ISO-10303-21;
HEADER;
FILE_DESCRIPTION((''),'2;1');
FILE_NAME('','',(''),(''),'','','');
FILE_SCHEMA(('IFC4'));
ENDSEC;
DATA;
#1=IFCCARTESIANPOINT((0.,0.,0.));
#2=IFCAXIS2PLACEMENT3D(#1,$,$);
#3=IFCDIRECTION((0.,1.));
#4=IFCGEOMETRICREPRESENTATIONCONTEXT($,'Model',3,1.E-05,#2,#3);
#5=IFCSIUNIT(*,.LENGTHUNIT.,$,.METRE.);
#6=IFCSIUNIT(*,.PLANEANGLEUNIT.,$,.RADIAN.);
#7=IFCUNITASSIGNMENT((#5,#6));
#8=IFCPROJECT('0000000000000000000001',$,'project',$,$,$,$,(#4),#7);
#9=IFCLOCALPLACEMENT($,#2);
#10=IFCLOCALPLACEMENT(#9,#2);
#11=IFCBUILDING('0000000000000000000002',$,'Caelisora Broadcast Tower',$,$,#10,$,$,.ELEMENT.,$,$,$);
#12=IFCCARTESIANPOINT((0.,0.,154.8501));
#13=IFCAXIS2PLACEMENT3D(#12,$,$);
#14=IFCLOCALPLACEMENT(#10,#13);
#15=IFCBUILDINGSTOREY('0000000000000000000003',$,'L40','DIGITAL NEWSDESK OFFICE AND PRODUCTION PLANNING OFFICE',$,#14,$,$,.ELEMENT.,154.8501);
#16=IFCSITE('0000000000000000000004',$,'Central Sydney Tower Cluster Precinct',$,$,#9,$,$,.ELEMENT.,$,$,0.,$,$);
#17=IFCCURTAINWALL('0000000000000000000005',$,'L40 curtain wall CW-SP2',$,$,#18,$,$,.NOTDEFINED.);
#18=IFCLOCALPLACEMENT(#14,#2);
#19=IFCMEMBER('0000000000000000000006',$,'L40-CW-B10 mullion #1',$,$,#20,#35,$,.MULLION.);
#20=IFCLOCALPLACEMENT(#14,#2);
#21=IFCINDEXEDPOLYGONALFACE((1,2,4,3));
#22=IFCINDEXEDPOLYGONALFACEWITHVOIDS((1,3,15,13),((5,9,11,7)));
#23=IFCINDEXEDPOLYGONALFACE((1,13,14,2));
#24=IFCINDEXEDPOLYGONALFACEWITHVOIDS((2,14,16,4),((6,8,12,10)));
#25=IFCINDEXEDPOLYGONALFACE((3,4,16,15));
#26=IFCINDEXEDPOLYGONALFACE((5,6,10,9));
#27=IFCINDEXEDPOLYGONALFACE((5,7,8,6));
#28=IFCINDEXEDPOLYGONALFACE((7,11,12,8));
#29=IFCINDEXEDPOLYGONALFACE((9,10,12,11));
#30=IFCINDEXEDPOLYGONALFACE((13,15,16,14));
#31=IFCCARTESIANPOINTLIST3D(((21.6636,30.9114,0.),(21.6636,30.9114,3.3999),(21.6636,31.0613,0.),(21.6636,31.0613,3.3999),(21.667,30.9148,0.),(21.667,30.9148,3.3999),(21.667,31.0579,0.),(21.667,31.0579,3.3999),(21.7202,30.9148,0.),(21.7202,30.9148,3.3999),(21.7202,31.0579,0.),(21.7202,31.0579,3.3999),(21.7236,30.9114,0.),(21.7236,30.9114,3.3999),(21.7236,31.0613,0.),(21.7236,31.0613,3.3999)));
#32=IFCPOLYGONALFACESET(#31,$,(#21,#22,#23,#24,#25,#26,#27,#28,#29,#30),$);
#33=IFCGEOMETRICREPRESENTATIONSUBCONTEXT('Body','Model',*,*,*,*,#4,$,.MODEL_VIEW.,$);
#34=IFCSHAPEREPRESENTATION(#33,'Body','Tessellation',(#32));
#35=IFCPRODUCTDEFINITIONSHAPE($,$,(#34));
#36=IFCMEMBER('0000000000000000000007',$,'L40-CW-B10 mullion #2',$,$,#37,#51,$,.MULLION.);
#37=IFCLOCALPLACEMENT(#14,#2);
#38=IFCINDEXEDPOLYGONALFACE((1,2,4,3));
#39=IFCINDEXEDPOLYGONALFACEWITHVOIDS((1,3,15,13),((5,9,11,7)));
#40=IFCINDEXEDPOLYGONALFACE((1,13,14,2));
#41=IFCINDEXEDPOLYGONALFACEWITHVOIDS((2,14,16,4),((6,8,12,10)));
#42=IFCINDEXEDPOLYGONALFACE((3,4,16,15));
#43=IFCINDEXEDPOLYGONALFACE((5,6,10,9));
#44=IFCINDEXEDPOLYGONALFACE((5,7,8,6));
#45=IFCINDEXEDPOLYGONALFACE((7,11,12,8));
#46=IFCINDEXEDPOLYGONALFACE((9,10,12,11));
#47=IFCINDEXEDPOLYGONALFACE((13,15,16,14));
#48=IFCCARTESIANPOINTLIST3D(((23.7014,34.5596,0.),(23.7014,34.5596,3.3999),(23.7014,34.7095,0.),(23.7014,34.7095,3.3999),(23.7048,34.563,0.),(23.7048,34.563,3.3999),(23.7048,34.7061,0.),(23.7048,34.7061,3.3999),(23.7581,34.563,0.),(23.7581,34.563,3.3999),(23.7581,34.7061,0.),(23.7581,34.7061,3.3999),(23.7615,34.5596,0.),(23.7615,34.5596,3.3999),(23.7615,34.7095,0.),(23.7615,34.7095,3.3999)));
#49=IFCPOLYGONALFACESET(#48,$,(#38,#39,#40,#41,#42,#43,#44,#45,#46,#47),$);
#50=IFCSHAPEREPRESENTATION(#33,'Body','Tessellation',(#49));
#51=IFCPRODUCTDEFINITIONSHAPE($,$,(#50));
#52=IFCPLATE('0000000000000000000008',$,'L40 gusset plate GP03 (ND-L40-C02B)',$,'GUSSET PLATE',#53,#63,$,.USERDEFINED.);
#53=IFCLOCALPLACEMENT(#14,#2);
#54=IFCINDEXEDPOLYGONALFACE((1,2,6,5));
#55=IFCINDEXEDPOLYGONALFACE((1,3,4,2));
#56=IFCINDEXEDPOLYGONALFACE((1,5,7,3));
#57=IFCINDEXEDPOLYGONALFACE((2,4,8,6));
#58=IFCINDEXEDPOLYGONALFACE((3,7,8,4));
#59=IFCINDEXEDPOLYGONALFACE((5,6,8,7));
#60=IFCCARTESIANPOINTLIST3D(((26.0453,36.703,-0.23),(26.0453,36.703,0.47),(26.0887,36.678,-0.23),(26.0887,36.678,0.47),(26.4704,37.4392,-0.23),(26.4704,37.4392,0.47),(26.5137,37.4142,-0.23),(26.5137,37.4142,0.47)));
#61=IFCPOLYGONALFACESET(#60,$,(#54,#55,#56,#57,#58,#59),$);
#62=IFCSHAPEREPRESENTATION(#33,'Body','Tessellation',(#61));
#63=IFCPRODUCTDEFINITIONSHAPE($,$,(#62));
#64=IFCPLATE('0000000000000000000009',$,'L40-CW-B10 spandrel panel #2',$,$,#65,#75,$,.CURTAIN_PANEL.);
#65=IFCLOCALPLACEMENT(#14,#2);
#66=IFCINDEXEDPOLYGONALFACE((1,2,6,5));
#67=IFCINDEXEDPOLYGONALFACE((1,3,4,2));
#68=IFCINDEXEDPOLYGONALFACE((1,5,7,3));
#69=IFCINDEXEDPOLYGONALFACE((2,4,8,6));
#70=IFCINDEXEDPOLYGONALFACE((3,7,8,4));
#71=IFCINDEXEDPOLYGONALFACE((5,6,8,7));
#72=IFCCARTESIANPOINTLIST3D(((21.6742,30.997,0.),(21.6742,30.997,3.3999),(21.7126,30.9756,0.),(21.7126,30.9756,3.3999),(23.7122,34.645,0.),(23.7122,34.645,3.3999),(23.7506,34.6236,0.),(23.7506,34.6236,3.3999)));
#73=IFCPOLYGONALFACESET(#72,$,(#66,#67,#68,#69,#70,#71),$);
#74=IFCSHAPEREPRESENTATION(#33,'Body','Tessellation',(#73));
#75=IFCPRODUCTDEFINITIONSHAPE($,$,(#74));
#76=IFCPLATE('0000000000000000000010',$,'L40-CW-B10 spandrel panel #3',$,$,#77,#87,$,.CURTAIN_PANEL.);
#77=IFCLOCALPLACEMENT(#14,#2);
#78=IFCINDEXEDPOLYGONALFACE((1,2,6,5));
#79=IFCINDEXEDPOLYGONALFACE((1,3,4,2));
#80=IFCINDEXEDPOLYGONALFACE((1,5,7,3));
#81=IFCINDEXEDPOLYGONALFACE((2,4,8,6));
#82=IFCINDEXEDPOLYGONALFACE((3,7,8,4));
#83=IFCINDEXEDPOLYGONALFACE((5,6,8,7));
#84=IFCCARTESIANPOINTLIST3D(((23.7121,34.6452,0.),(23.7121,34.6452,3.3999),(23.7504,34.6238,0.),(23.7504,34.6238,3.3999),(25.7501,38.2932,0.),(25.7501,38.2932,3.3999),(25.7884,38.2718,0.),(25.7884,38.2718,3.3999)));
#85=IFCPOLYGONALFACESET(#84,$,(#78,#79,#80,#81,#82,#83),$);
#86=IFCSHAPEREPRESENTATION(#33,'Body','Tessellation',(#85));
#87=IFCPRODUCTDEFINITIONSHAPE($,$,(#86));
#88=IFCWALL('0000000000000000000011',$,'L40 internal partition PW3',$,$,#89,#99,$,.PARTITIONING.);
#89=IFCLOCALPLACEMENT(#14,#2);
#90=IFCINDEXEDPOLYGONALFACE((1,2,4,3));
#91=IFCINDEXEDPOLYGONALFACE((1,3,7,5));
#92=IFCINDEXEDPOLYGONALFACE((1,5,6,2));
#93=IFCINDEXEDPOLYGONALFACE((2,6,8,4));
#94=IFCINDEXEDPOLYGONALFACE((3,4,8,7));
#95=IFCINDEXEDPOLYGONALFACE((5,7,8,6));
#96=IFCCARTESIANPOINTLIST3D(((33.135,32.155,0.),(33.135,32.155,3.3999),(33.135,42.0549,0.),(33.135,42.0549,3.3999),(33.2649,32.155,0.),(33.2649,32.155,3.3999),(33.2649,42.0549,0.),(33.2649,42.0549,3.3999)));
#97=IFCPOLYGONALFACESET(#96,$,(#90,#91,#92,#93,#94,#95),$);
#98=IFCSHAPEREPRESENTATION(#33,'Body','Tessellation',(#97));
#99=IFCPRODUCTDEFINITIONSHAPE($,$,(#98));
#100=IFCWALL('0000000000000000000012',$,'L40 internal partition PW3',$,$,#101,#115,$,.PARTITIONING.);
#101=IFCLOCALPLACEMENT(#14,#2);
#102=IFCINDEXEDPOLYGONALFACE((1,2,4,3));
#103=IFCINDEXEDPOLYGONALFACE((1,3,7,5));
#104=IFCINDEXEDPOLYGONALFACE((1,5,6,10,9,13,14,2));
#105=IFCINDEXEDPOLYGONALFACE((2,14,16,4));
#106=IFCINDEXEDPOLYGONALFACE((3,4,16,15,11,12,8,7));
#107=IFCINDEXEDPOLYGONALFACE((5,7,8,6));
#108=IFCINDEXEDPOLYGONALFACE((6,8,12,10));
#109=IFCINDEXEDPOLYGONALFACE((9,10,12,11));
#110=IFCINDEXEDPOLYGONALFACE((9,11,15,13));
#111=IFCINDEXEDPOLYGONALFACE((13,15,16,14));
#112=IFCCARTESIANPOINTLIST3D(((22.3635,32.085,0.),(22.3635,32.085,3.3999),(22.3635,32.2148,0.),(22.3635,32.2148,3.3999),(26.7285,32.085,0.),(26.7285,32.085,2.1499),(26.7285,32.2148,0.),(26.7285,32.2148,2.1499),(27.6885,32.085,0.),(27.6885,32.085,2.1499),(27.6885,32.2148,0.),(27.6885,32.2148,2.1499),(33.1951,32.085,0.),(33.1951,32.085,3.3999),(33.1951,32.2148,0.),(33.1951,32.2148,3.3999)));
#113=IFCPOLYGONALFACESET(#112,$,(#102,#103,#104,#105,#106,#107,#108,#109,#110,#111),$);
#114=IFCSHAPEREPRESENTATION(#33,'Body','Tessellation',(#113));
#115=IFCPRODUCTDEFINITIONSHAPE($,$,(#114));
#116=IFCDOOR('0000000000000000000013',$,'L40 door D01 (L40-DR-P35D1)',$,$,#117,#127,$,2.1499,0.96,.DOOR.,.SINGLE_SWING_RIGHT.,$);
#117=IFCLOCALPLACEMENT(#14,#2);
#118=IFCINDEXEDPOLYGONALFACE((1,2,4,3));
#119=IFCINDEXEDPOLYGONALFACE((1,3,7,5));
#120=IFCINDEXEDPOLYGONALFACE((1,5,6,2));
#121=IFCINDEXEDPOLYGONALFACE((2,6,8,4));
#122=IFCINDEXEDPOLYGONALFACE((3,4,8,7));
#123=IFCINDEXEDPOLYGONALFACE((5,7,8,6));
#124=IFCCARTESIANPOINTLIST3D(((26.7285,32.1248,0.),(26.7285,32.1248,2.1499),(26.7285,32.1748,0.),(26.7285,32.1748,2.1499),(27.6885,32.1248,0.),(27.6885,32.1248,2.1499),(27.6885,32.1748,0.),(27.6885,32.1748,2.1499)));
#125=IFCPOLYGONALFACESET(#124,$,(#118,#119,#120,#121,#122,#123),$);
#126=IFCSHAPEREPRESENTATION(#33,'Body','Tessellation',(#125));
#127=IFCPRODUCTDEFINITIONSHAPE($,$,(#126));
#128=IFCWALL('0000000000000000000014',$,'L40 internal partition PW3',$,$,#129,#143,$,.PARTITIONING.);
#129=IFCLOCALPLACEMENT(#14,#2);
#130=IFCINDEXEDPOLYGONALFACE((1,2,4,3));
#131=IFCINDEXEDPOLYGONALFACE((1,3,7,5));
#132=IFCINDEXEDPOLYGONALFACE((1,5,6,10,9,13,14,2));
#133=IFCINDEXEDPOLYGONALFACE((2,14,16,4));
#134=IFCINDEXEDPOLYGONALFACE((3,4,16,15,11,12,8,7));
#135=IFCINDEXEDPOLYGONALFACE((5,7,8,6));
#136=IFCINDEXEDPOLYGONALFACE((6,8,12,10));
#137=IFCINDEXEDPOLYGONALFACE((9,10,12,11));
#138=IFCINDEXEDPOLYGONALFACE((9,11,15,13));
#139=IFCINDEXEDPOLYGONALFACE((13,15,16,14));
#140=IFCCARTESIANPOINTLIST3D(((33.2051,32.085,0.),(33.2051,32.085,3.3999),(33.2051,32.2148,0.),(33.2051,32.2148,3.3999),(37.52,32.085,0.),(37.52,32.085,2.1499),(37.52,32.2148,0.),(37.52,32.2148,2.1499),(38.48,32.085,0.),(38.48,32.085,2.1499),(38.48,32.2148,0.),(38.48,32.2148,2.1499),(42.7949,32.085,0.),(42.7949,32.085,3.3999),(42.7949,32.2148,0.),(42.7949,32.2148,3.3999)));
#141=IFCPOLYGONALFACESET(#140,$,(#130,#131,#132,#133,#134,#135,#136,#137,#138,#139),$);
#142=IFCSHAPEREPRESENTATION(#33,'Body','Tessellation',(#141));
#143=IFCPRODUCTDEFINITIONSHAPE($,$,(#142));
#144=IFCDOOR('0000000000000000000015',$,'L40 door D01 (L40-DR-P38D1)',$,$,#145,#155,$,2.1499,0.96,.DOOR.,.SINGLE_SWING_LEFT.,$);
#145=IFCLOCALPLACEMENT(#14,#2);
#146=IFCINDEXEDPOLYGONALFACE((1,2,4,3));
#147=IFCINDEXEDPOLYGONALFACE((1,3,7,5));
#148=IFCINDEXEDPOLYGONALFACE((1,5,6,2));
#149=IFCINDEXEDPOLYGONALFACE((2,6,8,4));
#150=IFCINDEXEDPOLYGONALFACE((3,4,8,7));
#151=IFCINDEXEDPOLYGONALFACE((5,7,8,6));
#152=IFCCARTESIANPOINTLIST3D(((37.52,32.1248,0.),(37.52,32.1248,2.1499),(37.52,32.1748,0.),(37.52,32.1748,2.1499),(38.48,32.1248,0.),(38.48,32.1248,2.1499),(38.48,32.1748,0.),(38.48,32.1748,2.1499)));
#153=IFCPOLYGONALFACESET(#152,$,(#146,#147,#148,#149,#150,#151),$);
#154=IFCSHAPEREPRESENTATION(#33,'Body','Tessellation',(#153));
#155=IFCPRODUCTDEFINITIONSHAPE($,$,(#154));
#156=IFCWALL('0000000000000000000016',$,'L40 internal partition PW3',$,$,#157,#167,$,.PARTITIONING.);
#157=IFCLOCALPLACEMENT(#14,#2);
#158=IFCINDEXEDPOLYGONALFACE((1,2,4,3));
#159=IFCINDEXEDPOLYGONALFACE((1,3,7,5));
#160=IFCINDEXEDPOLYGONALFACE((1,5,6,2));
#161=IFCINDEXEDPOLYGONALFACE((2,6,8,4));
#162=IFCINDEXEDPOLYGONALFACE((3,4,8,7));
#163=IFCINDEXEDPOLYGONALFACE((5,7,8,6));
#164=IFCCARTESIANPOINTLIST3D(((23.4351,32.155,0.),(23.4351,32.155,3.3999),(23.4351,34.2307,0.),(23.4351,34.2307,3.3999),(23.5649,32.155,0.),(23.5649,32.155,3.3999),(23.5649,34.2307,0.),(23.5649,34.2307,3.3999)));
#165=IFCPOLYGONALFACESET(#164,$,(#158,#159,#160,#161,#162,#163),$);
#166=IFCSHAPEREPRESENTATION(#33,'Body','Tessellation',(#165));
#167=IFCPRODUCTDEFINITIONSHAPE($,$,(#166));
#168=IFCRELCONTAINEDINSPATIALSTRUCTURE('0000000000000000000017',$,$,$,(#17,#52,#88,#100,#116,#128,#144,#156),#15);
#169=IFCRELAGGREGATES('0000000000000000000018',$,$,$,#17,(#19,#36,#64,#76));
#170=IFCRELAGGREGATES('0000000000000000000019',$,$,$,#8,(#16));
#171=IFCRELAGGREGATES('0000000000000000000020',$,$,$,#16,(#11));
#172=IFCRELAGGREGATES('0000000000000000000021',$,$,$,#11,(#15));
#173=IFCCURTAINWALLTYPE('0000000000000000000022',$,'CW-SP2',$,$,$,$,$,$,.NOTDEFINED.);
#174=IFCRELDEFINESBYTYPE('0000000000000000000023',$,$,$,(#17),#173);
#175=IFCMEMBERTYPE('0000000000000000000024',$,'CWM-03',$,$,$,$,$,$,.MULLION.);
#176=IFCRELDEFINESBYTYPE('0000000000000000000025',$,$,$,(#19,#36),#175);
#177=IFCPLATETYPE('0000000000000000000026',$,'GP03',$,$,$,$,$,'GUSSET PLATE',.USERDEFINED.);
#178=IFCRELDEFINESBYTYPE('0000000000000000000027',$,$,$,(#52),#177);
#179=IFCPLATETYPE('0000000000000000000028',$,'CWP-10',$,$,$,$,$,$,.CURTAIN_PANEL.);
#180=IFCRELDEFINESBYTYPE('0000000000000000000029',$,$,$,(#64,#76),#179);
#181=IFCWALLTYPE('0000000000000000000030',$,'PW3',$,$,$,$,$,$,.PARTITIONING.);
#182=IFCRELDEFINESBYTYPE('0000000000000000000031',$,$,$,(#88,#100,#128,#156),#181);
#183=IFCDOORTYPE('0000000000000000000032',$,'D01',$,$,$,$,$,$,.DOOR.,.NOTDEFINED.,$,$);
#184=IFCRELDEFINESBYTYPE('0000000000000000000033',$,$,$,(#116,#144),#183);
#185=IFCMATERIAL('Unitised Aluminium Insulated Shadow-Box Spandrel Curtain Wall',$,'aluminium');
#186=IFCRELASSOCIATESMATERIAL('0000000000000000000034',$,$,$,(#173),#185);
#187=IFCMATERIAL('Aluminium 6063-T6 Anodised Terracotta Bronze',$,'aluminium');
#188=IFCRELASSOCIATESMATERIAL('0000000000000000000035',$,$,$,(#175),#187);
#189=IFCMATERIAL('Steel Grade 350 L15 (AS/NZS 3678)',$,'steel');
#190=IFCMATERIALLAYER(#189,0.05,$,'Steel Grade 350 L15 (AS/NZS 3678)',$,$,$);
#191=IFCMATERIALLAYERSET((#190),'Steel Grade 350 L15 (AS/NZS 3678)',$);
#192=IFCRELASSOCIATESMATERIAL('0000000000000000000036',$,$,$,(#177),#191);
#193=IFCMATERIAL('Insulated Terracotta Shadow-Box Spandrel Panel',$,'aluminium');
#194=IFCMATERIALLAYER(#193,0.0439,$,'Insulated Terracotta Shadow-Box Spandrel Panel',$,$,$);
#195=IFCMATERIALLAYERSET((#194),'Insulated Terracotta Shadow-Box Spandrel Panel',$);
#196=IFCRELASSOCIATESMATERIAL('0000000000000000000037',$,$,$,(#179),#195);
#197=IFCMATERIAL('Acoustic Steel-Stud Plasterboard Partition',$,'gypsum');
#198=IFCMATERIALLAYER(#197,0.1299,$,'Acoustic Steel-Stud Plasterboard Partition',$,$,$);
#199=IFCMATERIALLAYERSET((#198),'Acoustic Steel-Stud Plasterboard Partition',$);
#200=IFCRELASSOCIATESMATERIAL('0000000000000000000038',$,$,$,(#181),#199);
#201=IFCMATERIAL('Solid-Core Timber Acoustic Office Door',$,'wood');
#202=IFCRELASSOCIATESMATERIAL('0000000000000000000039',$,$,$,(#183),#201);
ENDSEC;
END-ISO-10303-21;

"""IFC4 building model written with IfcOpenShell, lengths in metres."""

from ifc_helpers import new_model, si_unit, direction, frame, frame_2d, origin, origin_2d, place, context, subcontext, project, spatial, rectangle, hollow_rectangle, extrude, source, transform, mapped, material, layer, layer_set, material_profile, profile_set, type_object, type_shapes, element, fill, aggregate, save


model = new_model("IFC4")

# Units and contexts
model_context = context("Model", 3, precision=1e-05, world=origin(), true_north=direction((0.0, 1.0)))
body_context = subcontext(model_context, "Body", "Model", "MODEL_VIEW")
ifc_project = project(units=[si_unit("LENGTHUNIT", "METRE"), si_unit("PLANEANGLEUNIT", "RADIAN")], contexts=[model_context])

# Site, building, storey
site_placement = place(None, origin())
site = spatial("IfcSite", under=ifc_project, at=site_placement, Name="Central Sydney Tower Cluster Precinct", CompositionType="ELEMENT", RefElevation=0.0)
building_placement = place(site_placement, origin())
building = spatial("IfcBuilding", under=site, at=building_placement, Name="Caelisora Broadcast Tower", CompositionType="ELEMENT")
storey_placement = place(building_placement, frame((0.0, 0.0, 154.8501)))
storey = spatial("IfcBuildingStorey", under=building, at=storey_placement, Name="L40", Description="DIGITAL NEWSDESK OFFICE AND PRODUCTION PLANNING OFFICE", CompositionType="ELEMENT", Elevation=154.8501)

# Shared definitions
ifc_material_1 = material(Name="Steel Grade 350 L15 (AS/NZS 3678)", Category="steel")

# Curtain wall, members
ifc_material_2 = material(Name="Unitised Aluminium Insulated Shadow-Box Spandrel Curtain Wall", Category="aluminium")
curtain_wall_type = type_object("IfcCurtainWallType", Name="CW-SP2", PredefinedType="NOTDEFINED", material=ifc_material_2)
curtain_wall_placement = place(storey_placement, origin())
curtain_wall = element("IfcCurtainWall", 1, at=curtain_wall_placement, inside=storey, type_object=curtain_wall_type, Name="L40 curtain wall CW-SP2", PredefinedType="NOTDEFINED")
ifc_material_3 = material(Name="Aluminium 6063-T6 Anodised Terracotta Bronze", Category="aluminium")
ifc_material_profile_1 = material_profile(ifc_material_3, hollow_rectangle(XDim=0.0601, YDim=0.1499, WallThickness=0.0034, at=origin_2d()), Name="Aluminium 6063-T6 Anodised Terracotta Bronze")
ifc_profile_set_1 = profile_set([ifc_material_profile_1], Name="Aluminium 6063-T6 Anodised Terracotta Bronze")
member_type_1 = type_object("IfcMemberType", Name="CWM-03", PredefinedType="MULLION", material=ifc_profile_set_1)
shared_shape_1 = source(origin(), body_context, "Body", "SweptSolid", [
    extrude(hollow_rectangle(XDim=0.0601, YDim=0.1499, WallThickness=0.0034, at=origin_2d()), origin(), (0.0, 0.0, 1.0), 3.3999),
])
type_shapes(member_type_1, [shared_shape_1])
member_1_placement = place(storey_placement, frame((21.6936, 30.9863, 0.0), z_axis=(0.0, 0.0, 1.0), x_axis=(1.0, 0.0, 0.0)))
member_1 = element("IfcMember", 2, at=member_1_placement, type_object=member_type_1, Name="L40-CW-B10 mullion #1", PredefinedType="MULLION", context=body_context, shape_type="MappedRepresentation", body=[
    mapped(shared_shape_1, transform((0.0, 0.0, 0.0), scale=1.0)),
])
member_2_placement = place(storey_placement, frame((23.7314, 34.6345, 0.0), z_axis=(0.0, 0.0, 1.0), x_axis=(1.0, 0.0, 0.0)))
member_2 = element("IfcMember", 3, at=member_2_placement, type_object=member_type_1, Name="L40-CW-B10 mullion #2", PredefinedType="MULLION", context=body_context, shape_type="MappedRepresentation", body=[
    mapped(shared_shape_1, transform((0.0, 0.0, 0.0), scale=1.0)),
])

# Plates
ifc_layer_1 = layer(ifc_material_1, 0.05, Name="Steel Grade 350 L15 (AS/NZS 3678)")
ifc_layer_set_1 = layer_set([ifc_layer_1], Name="Steel Grade 350 L15 (AS/NZS 3678)")
plate_type_1 = type_object("IfcPlateType", Name="GP03", ElementType="GUSSET PLATE", PredefinedType="USERDEFINED", material=ifc_layer_set_1)
shared_shape_2 = source(origin(), body_context, "Body", "SweptSolid", [
    extrude(rectangle(XDim=0.8501, YDim=0.05, at=origin_2d()), origin(), (0.0, 0.0, 1.0), 0.7),
])
type_shapes(plate_type_1, [shared_shape_2])
plate_1_placement = place(storey_placement, frame((26.2795, 37.0586, -0.23), z_axis=(0.0, 0.0, 1.0), x_axis=(-0.5, -0.866025, 0.0)))
element("IfcPlate", 4, at=plate_1_placement, inside=storey, type_object=plate_type_1, Name="L40 gusset plate GP03 (ND-L40-C02B)", ObjectType="GUSSET PLATE", PredefinedType="USERDEFINED", context=body_context, shape_type="MappedRepresentation", body=[
    mapped(shared_shape_2, transform((0.0, 0.0, 0.0), scale=1.0)),
])
ifc_material_4 = material(Name="Insulated Terracotta Shadow-Box Spandrel Panel", Category="aluminium")
ifc_layer_2 = layer(ifc_material_4, 0.0439, Name="Insulated Terracotta Shadow-Box Spandrel Panel")
ifc_layer_set_2 = layer_set([ifc_layer_2], Name="Insulated Terracotta Shadow-Box Spandrel Panel")
plate_type_2 = type_object("IfcPlateType", Name="CWP-10", PredefinedType="CURTAIN_PANEL", material=ifc_layer_set_2)
shared_shape_3 = source(origin(), body_context, "Body", "SweptSolid", [
    extrude(rectangle(XDim=4.1787, YDim=0.0439, at=origin_2d()), origin(), (0.0, 0.0, 1.0), 3.3999),
])
type_shapes(plate_type_2, [shared_shape_3])
plate_2_placement = place(storey_placement, frame((22.7124, 32.8103, 0.0), z_axis=(0.0, 0.0, 1.0), x_axis=(0.487707, 0.873007, 0.0)))
plate_2 = element("IfcPlate", 5, at=plate_2_placement, type_object=plate_type_2, Name="L40-CW-B10 spandrel panel #2", PredefinedType="CURTAIN_PANEL", context=body_context, shape_type="MappedRepresentation", body=[
    mapped(shared_shape_3, transform((0.0, 0.0, 0.0), scale=1.0)),
])
plate_3_placement = place(storey_placement, frame((24.7502, 36.4585, 0.0), z_axis=(0.0, 0.0, 1.0), x_axis=(0.487707, 0.873007, 0.0)))
plate_3 = element("IfcPlate", 6, at=plate_3_placement, type_object=plate_type_2, Name="L40-CW-B10 spandrel panel #3", PredefinedType="CURTAIN_PANEL", context=body_context, shape_type="MappedRepresentation", body=[
    mapped(shared_shape_3, transform((0.0, 0.0, 0.0), scale=1.0)),
])
aggregate(curtain_wall, [member_1, member_2, plate_2, plate_3])

# Wall
ifc_material_5 = material(Name="Acoustic Steel-Stud Plasterboard Partition", Category="gypsum")
ifc_layer_3 = layer(ifc_material_5, 0.1299, Name="Acoustic Steel-Stud Plasterboard Partition")
ifc_layer_set_3 = layer_set([ifc_layer_3], Name="Acoustic Steel-Stud Plasterboard Partition")
wall_type = type_object("IfcWallType", Name="PW3", PredefinedType="PARTITIONING", material=ifc_layer_set_3)
wall_1_placement = place(storey_placement, frame((33.2, 32.155, 0.0), z_axis=(0.0, 0.0, 1.0), x_axis=(0.0, 1.0, 0.0)))
element("IfcWall", 7, at=wall_1_placement, inside=storey, type_object=wall_type, Name="L40 internal partition PW3", PredefinedType="PARTITIONING", context=body_context, shape_type="SweptSolid", body=[
    extrude(rectangle(XDim=9.8999, YDim=0.1299, at=frame_2d((4.95, 0.0))), origin(), (0.0, 0.0, 1.0), 3.3999),
])

# Walls, openings, doors
wall_2_placement = place(storey_placement, frame((22.3635, 32.1499, 0.0), z_axis=(0.0, 0.0, 1.0), x_axis=(1.0, 0.0, 0.0)))
wall_2 = element("IfcWall", 8, at=wall_2_placement, inside=storey, type_object=wall_type, Name="L40 internal partition PW3", PredefinedType="PARTITIONING", context=body_context, shape_type="SweptSolid", body=[
    extrude(rectangle(XDim=10.8315, YDim=0.1299, at=frame_2d((5.4158, 0.0))), origin(), (0.0, 0.0, 1.0), 3.3999),
])
opening_1_placement = place(wall_2_placement, frame((4.365, 0.0, 0.0)))
opening_1 = element("IfcOpeningElement", 9, at=opening_1_placement, cuts=wall_2, PredefinedType="OPENING", context=body_context, shape_type="SweptSolid", body=[
    extrude(rectangle(XDim=0.96, YDim=2.1499, at=frame_2d((0.48, 1.075))), frame((0.0, 0.0769, 0.0), z_axis=(0.0, -1.0, 0.0), x_axis=(1.0, 0.0, 0.0)), (0.0, 0.0, 1.0), 0.1538),
])
ifc_material_6 = material(Name="Solid-Core Timber Acoustic Office Door", Category="wood")
door_type = type_object("IfcDoorType", Name="D01", OperationType="NOTDEFINED", PredefinedType="DOOR", material=ifc_material_6)
door_1_placement = place(opening_1_placement, origin())
door_1 = element("IfcDoor", 10, at=door_1_placement, inside=storey, type_object=door_type, Name="L40 door D01 (L40-DR-P35D1)", OperationType="SINGLE_SWING_RIGHT", OverallHeight=2.1499, OverallWidth=0.96, PredefinedType="DOOR", context=body_context, shape_type="SweptSolid", body=[
    extrude(rectangle(XDim=0.96, YDim=2.1499, at=frame_2d((0.48, 1.075))), frame((0.0, 0.0249, 0.0), z_axis=(0.0, -1.0, 0.0), x_axis=(1.0, 0.0, 0.0)), (0.0, 0.0, 1.0), 0.05),
])
fill(opening_1, door_1)
wall_3_placement = place(storey_placement, frame((33.2051, 32.1499, 0.0), z_axis=(0.0, 0.0, 1.0), x_axis=(1.0, 0.0, 0.0)))
wall_3 = element("IfcWall", 11, at=wall_3_placement, inside=storey, type_object=wall_type, Name="L40 internal partition PW3", PredefinedType="PARTITIONING", context=body_context, shape_type="SweptSolid", body=[
    extrude(rectangle(XDim=9.5898, YDim=0.1299, at=frame_2d((4.7949, 0.0))), origin(), (0.0, 0.0, 1.0), 3.3999),
])
opening_2_placement = place(wall_3_placement, frame((4.3149, 0.0, 0.0)))
opening_2 = element("IfcOpeningElement", 12, at=opening_2_placement, cuts=wall_3, PredefinedType="OPENING", context=body_context, shape_type="SweptSolid", body=[
    extrude(rectangle(XDim=0.96, YDim=2.1499, at=frame_2d((0.48, 1.075))), frame((0.0, 0.0769, 0.0), z_axis=(0.0, -1.0, 0.0), x_axis=(1.0, 0.0, 0.0)), (0.0, 0.0, 1.0), 0.1538),
])
door_2_placement = place(opening_2_placement, origin())
door_2 = element("IfcDoor", 13, at=door_2_placement, inside=storey, type_object=door_type, Name="L40 door D01 (L40-DR-P38D1)", OperationType="SINGLE_SWING_LEFT", OverallHeight=2.1499, OverallWidth=0.96, PredefinedType="DOOR", context=body_context, shape_type="SweptSolid", body=[
    extrude(rectangle(XDim=0.96, YDim=2.1499, at=frame_2d((0.48, 1.075))), frame((0.0, 0.0249, 0.0), z_axis=(0.0, -1.0, 0.0), x_axis=(1.0, 0.0, 0.0)), (0.0, 0.0, 1.0), 0.05),
])
fill(opening_2, door_2)

# Wall
wall_4_placement = place(storey_placement, frame((23.5, 32.155, 0.0), z_axis=(0.0, 0.0, 1.0), x_axis=(0.0, 1.0, 0.0)))
element("IfcWall", 14, at=wall_4_placement, inside=storey, type_object=wall_type, Name="L40 internal partition PW3", PredefinedType="PARTITIONING", context=body_context, shape_type="SweptSolid", body=[
    extrude(rectangle(XDim=2.0757, YDim=0.1299, at=frame_2d((1.0378, 0.0))), origin(), (0.0, 0.0, 1.0), 3.3999),
])

save(model, "model.ifc")
